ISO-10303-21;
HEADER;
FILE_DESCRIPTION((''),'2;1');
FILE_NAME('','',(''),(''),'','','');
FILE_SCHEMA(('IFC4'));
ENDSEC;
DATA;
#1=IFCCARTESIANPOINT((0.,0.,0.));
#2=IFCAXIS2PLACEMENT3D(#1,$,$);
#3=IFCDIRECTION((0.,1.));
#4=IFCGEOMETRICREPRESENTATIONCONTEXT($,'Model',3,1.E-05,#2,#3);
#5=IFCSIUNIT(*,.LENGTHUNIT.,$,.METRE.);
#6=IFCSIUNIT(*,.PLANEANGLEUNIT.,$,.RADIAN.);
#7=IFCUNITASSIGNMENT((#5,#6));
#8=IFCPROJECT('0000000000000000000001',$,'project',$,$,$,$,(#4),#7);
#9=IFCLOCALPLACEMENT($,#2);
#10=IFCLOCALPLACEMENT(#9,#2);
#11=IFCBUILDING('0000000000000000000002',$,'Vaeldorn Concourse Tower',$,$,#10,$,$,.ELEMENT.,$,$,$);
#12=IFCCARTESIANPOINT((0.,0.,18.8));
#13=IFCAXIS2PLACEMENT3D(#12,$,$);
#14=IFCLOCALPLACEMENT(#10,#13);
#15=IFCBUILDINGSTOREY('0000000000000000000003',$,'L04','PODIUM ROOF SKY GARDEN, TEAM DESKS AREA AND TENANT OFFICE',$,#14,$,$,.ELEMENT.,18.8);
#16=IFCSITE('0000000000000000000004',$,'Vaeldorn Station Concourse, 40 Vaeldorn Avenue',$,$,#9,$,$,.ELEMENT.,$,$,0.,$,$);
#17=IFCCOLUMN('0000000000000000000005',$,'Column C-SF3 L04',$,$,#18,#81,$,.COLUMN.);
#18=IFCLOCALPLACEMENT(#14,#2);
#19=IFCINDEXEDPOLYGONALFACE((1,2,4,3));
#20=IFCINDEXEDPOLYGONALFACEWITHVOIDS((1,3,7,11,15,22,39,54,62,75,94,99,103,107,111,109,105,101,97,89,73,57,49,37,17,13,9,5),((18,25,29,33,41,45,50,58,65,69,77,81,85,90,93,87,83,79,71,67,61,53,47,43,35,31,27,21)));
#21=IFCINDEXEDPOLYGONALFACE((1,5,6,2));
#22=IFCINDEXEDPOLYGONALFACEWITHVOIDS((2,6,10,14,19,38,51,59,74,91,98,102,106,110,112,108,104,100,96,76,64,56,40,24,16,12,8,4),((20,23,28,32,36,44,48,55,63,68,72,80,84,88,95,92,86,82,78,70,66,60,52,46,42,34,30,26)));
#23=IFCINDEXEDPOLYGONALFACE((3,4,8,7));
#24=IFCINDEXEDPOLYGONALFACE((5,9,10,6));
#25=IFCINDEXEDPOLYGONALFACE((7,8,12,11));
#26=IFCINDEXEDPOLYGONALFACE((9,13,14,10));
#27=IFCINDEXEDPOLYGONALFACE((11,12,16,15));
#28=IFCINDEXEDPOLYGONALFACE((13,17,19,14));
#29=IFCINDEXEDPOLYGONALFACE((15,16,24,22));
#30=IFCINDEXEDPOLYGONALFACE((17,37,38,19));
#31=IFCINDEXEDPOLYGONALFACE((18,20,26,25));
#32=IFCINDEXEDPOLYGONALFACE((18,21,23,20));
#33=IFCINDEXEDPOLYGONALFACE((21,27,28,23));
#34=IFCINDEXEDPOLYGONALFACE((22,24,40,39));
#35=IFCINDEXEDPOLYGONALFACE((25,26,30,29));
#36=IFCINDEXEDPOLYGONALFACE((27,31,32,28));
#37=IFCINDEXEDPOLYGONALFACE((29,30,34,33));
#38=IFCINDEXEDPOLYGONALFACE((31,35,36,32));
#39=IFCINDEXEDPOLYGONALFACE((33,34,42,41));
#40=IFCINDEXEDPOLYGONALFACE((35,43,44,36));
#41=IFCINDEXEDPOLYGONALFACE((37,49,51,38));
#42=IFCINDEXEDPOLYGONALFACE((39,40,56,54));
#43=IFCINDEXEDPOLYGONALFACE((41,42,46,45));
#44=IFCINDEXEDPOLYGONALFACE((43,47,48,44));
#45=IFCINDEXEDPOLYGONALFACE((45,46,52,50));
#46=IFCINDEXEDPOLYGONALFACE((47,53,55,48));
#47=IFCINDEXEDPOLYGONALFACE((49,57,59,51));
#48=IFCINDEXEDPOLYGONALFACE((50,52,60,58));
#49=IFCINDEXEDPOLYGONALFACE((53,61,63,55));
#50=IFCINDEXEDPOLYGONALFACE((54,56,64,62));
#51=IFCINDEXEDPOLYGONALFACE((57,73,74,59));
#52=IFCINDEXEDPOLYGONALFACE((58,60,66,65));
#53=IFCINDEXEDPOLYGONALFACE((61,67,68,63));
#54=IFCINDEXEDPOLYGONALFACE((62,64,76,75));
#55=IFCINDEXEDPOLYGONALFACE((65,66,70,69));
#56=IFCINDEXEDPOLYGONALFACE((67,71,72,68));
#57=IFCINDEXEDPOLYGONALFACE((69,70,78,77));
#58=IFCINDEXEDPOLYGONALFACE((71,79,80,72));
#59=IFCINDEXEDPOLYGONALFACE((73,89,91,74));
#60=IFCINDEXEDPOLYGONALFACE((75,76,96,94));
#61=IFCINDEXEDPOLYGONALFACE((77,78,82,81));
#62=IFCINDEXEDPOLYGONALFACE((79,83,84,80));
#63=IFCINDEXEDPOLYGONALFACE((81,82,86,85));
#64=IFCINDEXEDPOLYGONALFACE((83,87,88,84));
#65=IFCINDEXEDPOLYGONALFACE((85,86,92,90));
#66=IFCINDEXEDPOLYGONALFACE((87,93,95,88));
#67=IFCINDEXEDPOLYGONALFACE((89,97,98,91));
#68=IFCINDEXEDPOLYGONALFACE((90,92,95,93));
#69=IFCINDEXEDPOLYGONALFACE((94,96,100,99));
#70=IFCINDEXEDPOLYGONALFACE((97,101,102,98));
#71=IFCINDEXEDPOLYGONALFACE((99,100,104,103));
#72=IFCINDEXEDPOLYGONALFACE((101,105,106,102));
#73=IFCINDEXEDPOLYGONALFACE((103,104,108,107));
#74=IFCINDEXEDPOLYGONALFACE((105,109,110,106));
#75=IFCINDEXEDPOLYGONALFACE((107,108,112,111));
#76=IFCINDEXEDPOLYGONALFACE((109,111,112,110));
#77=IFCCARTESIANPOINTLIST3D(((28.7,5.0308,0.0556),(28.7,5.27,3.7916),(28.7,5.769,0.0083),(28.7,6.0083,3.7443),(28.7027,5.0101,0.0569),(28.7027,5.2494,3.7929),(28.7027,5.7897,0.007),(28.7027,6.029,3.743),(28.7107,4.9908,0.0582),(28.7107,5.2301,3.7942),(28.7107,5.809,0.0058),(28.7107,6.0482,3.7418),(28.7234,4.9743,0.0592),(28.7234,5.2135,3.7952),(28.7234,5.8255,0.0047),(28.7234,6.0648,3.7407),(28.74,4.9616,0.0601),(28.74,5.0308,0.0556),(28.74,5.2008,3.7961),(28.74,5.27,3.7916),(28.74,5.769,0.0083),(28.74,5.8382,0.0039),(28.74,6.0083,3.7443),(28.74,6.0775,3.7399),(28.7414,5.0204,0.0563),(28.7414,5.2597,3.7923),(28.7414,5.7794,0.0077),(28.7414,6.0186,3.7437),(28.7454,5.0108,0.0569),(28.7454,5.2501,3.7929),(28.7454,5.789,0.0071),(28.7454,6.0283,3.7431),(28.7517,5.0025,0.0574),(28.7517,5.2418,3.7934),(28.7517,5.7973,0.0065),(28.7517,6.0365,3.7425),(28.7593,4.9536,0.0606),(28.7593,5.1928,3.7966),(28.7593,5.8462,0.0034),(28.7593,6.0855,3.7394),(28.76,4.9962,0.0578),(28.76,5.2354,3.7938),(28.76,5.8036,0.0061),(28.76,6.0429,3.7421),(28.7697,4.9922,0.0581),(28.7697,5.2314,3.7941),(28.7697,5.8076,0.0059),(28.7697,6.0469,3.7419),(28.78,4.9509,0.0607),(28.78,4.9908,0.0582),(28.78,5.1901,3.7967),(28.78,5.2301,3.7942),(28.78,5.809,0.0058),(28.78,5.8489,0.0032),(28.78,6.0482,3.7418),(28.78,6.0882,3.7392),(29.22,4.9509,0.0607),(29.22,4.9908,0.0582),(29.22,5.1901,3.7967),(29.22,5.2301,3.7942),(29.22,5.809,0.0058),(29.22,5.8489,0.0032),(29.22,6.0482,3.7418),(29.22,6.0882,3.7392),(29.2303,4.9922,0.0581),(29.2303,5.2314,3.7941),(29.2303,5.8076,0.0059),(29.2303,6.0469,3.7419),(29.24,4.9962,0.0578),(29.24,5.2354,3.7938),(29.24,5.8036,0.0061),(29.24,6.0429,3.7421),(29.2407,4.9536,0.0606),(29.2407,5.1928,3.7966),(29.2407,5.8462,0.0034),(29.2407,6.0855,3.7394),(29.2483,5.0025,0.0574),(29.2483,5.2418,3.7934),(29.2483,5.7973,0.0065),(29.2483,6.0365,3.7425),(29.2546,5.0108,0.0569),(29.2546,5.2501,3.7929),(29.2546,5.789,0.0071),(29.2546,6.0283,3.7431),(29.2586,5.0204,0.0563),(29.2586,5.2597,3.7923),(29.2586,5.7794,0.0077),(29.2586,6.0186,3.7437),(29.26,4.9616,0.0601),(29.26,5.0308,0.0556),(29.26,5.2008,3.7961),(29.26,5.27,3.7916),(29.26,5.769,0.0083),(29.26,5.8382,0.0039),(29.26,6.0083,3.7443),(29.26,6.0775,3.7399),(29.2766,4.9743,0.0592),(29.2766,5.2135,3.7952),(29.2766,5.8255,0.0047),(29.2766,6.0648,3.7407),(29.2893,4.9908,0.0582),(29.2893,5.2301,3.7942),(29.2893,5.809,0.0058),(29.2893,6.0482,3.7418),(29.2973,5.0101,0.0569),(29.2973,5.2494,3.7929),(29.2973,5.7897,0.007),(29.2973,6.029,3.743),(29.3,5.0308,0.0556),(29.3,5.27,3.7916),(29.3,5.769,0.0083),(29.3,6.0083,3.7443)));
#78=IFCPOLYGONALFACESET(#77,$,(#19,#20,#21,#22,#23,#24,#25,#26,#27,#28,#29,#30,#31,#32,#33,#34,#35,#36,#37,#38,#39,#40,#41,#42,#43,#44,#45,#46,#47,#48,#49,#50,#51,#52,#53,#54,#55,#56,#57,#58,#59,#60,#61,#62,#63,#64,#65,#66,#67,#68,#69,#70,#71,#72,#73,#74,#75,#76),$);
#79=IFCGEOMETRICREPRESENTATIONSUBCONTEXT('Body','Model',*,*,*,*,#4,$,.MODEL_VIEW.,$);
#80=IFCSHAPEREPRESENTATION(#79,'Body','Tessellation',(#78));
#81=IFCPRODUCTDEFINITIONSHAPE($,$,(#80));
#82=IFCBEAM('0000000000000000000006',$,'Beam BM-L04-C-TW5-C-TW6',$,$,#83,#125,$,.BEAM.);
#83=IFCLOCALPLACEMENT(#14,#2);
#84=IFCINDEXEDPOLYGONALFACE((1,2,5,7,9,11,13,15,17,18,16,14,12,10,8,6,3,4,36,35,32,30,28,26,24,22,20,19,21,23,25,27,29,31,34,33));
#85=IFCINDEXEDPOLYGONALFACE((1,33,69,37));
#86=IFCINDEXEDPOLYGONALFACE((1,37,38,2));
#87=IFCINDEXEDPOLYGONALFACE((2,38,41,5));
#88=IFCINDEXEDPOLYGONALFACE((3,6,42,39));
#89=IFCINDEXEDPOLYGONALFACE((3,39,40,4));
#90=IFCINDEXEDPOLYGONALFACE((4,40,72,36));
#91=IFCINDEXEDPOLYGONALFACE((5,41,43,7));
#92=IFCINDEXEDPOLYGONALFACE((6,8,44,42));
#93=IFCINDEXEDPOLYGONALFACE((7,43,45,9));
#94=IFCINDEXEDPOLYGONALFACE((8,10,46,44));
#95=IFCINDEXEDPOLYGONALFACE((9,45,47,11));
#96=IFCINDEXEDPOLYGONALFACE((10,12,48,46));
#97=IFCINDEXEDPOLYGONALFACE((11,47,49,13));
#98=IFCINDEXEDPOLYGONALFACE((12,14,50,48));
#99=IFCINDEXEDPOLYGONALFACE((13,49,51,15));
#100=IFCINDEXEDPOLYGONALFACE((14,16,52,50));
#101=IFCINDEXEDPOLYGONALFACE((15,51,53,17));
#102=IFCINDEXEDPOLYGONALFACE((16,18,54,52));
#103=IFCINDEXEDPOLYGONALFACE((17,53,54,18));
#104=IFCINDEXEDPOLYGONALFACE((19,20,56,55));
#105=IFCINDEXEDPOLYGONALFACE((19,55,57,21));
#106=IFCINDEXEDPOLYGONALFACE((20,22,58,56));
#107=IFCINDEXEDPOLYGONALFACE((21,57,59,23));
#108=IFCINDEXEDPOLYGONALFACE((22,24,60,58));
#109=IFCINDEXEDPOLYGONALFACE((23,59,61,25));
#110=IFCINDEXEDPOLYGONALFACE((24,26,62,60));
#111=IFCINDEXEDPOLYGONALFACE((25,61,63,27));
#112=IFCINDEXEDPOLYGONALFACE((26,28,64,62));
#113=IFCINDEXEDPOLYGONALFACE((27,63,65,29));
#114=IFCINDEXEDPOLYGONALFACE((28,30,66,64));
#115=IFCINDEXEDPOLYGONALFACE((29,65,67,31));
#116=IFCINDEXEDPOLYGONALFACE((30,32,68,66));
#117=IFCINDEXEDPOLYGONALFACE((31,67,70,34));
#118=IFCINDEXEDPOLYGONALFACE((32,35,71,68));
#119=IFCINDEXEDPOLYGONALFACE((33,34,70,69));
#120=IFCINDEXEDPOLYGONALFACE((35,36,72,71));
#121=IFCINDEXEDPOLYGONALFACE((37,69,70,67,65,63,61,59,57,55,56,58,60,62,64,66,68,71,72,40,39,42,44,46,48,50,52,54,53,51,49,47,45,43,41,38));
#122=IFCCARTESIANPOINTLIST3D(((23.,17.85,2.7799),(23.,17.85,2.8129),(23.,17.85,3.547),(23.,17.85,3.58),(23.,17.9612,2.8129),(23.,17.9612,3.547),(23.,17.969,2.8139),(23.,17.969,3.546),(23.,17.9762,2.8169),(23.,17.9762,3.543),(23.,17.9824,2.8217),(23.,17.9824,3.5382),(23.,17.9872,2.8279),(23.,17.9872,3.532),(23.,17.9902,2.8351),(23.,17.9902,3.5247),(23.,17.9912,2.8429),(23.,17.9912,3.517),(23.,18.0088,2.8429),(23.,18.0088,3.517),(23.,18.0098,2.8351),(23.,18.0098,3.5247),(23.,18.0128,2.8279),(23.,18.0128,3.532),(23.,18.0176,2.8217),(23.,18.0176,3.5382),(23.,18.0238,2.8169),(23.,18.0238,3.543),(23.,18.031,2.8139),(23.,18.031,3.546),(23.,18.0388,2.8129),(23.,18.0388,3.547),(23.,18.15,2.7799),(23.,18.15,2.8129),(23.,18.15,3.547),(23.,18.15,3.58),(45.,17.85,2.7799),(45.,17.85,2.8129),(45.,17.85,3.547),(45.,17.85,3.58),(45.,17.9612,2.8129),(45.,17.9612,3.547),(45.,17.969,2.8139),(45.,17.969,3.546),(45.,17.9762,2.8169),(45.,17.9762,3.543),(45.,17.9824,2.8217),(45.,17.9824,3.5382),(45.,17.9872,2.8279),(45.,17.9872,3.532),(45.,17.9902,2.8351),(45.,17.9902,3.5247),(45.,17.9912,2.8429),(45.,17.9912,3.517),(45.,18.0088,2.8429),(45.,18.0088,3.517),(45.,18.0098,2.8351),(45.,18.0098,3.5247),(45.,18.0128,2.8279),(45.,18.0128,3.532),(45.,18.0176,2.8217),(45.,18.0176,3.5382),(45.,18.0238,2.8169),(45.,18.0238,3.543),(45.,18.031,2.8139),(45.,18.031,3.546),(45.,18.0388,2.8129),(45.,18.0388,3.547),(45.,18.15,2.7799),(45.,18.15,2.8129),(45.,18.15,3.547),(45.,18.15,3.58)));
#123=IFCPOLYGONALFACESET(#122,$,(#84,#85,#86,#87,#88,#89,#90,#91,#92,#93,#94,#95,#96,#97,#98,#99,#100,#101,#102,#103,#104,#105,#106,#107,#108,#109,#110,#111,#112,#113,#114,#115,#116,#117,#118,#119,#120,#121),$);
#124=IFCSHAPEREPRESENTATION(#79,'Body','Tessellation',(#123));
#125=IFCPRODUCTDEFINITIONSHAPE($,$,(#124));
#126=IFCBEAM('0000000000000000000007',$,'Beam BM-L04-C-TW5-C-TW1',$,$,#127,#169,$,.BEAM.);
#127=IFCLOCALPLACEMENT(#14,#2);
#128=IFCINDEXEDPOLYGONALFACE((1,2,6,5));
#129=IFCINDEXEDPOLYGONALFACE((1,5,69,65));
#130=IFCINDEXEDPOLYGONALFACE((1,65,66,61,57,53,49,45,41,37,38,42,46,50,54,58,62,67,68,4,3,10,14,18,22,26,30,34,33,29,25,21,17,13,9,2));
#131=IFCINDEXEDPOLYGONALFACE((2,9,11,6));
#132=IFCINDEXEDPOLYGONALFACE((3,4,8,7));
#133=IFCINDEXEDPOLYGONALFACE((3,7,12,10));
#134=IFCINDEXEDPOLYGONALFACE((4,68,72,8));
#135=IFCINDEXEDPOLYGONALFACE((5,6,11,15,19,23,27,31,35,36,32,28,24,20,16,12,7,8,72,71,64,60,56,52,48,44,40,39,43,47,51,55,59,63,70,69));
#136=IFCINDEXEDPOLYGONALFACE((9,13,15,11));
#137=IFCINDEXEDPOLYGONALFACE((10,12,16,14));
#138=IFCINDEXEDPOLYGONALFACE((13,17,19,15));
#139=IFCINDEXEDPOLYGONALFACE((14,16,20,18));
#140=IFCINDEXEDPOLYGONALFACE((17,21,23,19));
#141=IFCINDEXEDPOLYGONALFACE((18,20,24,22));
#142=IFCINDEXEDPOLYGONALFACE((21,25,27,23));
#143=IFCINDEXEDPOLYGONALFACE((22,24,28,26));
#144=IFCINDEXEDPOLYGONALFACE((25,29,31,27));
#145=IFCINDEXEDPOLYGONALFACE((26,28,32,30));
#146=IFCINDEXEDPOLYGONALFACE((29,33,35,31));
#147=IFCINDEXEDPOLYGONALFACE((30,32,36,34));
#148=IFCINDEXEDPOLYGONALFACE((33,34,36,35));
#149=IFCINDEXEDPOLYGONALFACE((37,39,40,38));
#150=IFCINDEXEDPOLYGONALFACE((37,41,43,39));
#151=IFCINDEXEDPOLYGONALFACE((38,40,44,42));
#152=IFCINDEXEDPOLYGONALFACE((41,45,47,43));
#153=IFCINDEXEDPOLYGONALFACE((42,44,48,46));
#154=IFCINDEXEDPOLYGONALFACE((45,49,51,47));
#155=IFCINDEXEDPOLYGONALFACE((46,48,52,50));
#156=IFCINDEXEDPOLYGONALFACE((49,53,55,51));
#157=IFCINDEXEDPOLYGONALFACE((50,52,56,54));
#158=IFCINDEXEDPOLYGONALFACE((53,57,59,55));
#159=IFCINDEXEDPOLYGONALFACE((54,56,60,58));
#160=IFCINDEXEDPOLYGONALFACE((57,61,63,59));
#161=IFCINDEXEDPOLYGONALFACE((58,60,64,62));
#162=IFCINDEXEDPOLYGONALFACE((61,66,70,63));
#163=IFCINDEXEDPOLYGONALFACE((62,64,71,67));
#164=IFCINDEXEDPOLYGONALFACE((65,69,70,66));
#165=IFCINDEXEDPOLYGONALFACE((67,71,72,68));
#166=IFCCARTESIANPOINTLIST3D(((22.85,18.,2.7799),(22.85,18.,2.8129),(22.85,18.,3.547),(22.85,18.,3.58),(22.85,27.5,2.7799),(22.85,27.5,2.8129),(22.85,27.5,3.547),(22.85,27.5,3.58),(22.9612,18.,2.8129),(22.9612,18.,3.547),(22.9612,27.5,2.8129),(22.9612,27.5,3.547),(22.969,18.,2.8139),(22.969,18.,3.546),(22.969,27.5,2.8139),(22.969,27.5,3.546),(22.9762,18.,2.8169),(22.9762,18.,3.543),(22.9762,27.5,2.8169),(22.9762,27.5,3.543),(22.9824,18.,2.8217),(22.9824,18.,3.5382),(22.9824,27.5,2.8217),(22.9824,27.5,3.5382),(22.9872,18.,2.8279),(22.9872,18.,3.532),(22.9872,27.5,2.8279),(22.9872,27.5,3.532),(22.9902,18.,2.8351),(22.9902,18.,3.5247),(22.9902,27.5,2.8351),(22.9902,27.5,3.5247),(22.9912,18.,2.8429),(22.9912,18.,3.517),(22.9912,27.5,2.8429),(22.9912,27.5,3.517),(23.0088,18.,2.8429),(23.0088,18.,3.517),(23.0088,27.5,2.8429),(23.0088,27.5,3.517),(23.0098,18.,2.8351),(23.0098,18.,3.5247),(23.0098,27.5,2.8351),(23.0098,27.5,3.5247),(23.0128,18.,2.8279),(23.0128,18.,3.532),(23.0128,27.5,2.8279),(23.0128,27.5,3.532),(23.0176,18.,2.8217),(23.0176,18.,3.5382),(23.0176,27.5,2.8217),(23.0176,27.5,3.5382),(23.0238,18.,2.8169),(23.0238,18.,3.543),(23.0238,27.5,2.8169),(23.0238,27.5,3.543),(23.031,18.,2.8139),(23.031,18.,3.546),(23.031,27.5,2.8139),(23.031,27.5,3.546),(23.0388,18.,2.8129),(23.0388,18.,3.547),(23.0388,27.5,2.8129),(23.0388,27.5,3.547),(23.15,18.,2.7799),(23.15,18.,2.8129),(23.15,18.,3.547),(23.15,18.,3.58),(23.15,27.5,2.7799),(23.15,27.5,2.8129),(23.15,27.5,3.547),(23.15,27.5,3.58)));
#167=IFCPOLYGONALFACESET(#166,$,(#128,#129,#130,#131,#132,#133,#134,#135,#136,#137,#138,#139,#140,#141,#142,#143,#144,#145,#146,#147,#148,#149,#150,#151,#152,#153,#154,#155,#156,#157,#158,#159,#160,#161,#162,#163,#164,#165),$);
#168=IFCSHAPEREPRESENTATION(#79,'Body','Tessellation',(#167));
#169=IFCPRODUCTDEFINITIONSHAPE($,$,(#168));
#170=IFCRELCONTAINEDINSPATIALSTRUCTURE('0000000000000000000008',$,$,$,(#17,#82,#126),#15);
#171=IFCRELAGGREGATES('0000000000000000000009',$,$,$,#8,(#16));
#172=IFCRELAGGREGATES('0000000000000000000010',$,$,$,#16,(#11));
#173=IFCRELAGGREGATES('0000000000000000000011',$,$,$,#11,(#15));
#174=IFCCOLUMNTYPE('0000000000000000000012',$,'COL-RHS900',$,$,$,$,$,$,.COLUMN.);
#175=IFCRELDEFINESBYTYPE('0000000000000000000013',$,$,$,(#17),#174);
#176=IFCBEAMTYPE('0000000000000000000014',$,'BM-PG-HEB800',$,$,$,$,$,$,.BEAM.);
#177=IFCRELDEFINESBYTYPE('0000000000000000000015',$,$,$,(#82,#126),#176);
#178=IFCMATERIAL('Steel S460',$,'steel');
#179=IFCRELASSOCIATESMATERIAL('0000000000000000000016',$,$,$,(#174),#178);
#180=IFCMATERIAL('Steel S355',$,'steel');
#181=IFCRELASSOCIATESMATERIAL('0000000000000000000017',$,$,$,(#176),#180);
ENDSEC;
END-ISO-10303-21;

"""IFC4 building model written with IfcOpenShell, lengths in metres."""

from ifc_helpers import new_model, si_unit, direction, frame, origin, origin_2d, place, context, subcontext, project, spatial, hollow_rectangle, i_section, extrude, source, transform, mapped, material, material_profile, profile_set, type_object, element, save


model = new_model("IFC4")

# Units and contexts
model_context = context("Model", 3, precision=1e-05, world=origin(), true_north=direction((0.0, 1.0)))
body_context = subcontext(model_context, "Body", "Model", "MODEL_VIEW")
ifc_project = project(units=[si_unit("LENGTHUNIT", "METRE"), si_unit("PLANEANGLEUNIT", "RADIAN")], contexts=[model_context])

# Site, building, storey
site_placement = place(None, origin())
site = spatial("IfcSite", under=ifc_project, at=site_placement, Name="Vaeldorn Station Concourse, 40 Vaeldorn Avenue", CompositionType="ELEMENT", RefElevation=0.0)
building_placement = place(site_placement, origin())
building = spatial("IfcBuilding", under=site, at=building_placement, Name="Vaeldorn Concourse Tower", CompositionType="ELEMENT")
storey_placement = place(building_placement, frame((0.0, 0.0, 18.8)))
storey = spatial("IfcBuildingStorey", under=building, at=storey_placement, Name="L04", Description="PODIUM ROOF SKY GARDEN, TEAM DESKS AREA AND TENANT OFFICE", CompositionType="ELEMENT", Elevation=18.8)

# Column
ifc_material_1 = material(Name="Steel S460", Category="steel")
ifc_material_profile_1 = material_profile(ifc_material_1, hollow_rectangle(XDim=0.6001, YDim=0.8999, WallThickness=0.04, InnerFilletRadius=0.04, OuterFilletRadius=0.0801, at=origin_2d()), Name="RHS 900x600x40")
ifc_profile_set_1 = profile_set([ifc_material_profile_1], Name="Steel S460")
column_type_1 = type_object("IfcColumnType", Name="COL-RHS900", PredefinedType="COLUMN", material=ifc_profile_set_1)
shared_shape_1 = source(origin(), body_context, "Body", "SweptSolid", [
    extrude(hollow_rectangle(XDim=0.6001, YDim=0.8999, WallThickness=0.04, InnerFilletRadius=0.04, OuterFilletRadius=0.0801, at=origin_2d()), origin(), (0.0, 0.0, 1.0), 3.7437),
])
column_1_placement = place(storey_placement, frame((29.0, 5.3999, 0.032), z_axis=(0.0, 0.063909, 0.997956), x_axis=(-1.0, 0.0, 0.0)))
element("IfcColumn", 1, at=column_1_placement, inside=storey, type_object=column_type_1, Name="Column C-SF3 L04", PredefinedType="COLUMN", context=body_context, shape_type="MappedRepresentation", body=[
    mapped(shared_shape_1, transform((0.0, 0.0, 0.0), scale=1.0)),
])

# Beams
ifc_material_2 = material(Name="Steel S355", Category="steel")
ifc_material_profile_2 = material_profile(ifc_material_2, i_section(OverallWidth=0.3, OverallDepth=0.8, WebThickness=0.0176, FlangeThickness=0.033, FilletRadius=0.03, at=origin_2d()), Name="HEB 800")
ifc_profile_set_2 = profile_set([ifc_material_profile_2], Name="Steel S355")
beam_type_1 = type_object("IfcBeamType", Name="BM-PG-HEB800", PredefinedType="BEAM", material=ifc_profile_set_2)
shared_shape_2 = source(origin(), body_context, "Body", "SweptSolid", [
    extrude(i_section(OverallWidth=0.3, OverallDepth=0.8, WebThickness=0.0176, FlangeThickness=0.033, FilletRadius=0.03, at=origin_2d()), origin(), (0.0, 0.0, 1.0), 22.0),
])
beam_1_placement = place(storey_placement, frame((23.0, 18.0, 3.1799), z_axis=(1.0, 0.0, 0.0), x_axis=(0.0, 1.0, 0.0)))
element("IfcBeam", 2, at=beam_1_placement, inside=storey, type_object=beam_type_1, Name="Beam BM-L04-C-TW5-C-TW6", PredefinedType="BEAM", context=body_context, shape_type="MappedRepresentation", body=[
    mapped(shared_shape_2, transform((0.0, 0.0, 0.0), scale=1.0)),
])
shared_shape_3 = source(origin(), body_context, "Body", "SweptSolid", [
    extrude(i_section(OverallWidth=0.3, OverallDepth=0.8, WebThickness=0.0176, FlangeThickness=0.033, FilletRadius=0.03, at=origin_2d()), origin(), (0.0, 0.0, 1.0), 9.5),
])
beam_2_placement = place(storey_placement, frame((23.0, 18.0, 3.1799), z_axis=(0.0, 1.0, 0.0), x_axis=(-1.0, 0.0, 0.0)))
element("IfcBeam", 3, at=beam_2_placement, inside=storey, type_object=beam_type_1, Name="Beam BM-L04-C-TW5-C-TW1", PredefinedType="BEAM", context=body_context, shape_type="MappedRepresentation", body=[
    mapped(shared_shape_3, transform((0.0, 0.0, 0.0), scale=1.0)),
])

save(model, "model.ifc")
